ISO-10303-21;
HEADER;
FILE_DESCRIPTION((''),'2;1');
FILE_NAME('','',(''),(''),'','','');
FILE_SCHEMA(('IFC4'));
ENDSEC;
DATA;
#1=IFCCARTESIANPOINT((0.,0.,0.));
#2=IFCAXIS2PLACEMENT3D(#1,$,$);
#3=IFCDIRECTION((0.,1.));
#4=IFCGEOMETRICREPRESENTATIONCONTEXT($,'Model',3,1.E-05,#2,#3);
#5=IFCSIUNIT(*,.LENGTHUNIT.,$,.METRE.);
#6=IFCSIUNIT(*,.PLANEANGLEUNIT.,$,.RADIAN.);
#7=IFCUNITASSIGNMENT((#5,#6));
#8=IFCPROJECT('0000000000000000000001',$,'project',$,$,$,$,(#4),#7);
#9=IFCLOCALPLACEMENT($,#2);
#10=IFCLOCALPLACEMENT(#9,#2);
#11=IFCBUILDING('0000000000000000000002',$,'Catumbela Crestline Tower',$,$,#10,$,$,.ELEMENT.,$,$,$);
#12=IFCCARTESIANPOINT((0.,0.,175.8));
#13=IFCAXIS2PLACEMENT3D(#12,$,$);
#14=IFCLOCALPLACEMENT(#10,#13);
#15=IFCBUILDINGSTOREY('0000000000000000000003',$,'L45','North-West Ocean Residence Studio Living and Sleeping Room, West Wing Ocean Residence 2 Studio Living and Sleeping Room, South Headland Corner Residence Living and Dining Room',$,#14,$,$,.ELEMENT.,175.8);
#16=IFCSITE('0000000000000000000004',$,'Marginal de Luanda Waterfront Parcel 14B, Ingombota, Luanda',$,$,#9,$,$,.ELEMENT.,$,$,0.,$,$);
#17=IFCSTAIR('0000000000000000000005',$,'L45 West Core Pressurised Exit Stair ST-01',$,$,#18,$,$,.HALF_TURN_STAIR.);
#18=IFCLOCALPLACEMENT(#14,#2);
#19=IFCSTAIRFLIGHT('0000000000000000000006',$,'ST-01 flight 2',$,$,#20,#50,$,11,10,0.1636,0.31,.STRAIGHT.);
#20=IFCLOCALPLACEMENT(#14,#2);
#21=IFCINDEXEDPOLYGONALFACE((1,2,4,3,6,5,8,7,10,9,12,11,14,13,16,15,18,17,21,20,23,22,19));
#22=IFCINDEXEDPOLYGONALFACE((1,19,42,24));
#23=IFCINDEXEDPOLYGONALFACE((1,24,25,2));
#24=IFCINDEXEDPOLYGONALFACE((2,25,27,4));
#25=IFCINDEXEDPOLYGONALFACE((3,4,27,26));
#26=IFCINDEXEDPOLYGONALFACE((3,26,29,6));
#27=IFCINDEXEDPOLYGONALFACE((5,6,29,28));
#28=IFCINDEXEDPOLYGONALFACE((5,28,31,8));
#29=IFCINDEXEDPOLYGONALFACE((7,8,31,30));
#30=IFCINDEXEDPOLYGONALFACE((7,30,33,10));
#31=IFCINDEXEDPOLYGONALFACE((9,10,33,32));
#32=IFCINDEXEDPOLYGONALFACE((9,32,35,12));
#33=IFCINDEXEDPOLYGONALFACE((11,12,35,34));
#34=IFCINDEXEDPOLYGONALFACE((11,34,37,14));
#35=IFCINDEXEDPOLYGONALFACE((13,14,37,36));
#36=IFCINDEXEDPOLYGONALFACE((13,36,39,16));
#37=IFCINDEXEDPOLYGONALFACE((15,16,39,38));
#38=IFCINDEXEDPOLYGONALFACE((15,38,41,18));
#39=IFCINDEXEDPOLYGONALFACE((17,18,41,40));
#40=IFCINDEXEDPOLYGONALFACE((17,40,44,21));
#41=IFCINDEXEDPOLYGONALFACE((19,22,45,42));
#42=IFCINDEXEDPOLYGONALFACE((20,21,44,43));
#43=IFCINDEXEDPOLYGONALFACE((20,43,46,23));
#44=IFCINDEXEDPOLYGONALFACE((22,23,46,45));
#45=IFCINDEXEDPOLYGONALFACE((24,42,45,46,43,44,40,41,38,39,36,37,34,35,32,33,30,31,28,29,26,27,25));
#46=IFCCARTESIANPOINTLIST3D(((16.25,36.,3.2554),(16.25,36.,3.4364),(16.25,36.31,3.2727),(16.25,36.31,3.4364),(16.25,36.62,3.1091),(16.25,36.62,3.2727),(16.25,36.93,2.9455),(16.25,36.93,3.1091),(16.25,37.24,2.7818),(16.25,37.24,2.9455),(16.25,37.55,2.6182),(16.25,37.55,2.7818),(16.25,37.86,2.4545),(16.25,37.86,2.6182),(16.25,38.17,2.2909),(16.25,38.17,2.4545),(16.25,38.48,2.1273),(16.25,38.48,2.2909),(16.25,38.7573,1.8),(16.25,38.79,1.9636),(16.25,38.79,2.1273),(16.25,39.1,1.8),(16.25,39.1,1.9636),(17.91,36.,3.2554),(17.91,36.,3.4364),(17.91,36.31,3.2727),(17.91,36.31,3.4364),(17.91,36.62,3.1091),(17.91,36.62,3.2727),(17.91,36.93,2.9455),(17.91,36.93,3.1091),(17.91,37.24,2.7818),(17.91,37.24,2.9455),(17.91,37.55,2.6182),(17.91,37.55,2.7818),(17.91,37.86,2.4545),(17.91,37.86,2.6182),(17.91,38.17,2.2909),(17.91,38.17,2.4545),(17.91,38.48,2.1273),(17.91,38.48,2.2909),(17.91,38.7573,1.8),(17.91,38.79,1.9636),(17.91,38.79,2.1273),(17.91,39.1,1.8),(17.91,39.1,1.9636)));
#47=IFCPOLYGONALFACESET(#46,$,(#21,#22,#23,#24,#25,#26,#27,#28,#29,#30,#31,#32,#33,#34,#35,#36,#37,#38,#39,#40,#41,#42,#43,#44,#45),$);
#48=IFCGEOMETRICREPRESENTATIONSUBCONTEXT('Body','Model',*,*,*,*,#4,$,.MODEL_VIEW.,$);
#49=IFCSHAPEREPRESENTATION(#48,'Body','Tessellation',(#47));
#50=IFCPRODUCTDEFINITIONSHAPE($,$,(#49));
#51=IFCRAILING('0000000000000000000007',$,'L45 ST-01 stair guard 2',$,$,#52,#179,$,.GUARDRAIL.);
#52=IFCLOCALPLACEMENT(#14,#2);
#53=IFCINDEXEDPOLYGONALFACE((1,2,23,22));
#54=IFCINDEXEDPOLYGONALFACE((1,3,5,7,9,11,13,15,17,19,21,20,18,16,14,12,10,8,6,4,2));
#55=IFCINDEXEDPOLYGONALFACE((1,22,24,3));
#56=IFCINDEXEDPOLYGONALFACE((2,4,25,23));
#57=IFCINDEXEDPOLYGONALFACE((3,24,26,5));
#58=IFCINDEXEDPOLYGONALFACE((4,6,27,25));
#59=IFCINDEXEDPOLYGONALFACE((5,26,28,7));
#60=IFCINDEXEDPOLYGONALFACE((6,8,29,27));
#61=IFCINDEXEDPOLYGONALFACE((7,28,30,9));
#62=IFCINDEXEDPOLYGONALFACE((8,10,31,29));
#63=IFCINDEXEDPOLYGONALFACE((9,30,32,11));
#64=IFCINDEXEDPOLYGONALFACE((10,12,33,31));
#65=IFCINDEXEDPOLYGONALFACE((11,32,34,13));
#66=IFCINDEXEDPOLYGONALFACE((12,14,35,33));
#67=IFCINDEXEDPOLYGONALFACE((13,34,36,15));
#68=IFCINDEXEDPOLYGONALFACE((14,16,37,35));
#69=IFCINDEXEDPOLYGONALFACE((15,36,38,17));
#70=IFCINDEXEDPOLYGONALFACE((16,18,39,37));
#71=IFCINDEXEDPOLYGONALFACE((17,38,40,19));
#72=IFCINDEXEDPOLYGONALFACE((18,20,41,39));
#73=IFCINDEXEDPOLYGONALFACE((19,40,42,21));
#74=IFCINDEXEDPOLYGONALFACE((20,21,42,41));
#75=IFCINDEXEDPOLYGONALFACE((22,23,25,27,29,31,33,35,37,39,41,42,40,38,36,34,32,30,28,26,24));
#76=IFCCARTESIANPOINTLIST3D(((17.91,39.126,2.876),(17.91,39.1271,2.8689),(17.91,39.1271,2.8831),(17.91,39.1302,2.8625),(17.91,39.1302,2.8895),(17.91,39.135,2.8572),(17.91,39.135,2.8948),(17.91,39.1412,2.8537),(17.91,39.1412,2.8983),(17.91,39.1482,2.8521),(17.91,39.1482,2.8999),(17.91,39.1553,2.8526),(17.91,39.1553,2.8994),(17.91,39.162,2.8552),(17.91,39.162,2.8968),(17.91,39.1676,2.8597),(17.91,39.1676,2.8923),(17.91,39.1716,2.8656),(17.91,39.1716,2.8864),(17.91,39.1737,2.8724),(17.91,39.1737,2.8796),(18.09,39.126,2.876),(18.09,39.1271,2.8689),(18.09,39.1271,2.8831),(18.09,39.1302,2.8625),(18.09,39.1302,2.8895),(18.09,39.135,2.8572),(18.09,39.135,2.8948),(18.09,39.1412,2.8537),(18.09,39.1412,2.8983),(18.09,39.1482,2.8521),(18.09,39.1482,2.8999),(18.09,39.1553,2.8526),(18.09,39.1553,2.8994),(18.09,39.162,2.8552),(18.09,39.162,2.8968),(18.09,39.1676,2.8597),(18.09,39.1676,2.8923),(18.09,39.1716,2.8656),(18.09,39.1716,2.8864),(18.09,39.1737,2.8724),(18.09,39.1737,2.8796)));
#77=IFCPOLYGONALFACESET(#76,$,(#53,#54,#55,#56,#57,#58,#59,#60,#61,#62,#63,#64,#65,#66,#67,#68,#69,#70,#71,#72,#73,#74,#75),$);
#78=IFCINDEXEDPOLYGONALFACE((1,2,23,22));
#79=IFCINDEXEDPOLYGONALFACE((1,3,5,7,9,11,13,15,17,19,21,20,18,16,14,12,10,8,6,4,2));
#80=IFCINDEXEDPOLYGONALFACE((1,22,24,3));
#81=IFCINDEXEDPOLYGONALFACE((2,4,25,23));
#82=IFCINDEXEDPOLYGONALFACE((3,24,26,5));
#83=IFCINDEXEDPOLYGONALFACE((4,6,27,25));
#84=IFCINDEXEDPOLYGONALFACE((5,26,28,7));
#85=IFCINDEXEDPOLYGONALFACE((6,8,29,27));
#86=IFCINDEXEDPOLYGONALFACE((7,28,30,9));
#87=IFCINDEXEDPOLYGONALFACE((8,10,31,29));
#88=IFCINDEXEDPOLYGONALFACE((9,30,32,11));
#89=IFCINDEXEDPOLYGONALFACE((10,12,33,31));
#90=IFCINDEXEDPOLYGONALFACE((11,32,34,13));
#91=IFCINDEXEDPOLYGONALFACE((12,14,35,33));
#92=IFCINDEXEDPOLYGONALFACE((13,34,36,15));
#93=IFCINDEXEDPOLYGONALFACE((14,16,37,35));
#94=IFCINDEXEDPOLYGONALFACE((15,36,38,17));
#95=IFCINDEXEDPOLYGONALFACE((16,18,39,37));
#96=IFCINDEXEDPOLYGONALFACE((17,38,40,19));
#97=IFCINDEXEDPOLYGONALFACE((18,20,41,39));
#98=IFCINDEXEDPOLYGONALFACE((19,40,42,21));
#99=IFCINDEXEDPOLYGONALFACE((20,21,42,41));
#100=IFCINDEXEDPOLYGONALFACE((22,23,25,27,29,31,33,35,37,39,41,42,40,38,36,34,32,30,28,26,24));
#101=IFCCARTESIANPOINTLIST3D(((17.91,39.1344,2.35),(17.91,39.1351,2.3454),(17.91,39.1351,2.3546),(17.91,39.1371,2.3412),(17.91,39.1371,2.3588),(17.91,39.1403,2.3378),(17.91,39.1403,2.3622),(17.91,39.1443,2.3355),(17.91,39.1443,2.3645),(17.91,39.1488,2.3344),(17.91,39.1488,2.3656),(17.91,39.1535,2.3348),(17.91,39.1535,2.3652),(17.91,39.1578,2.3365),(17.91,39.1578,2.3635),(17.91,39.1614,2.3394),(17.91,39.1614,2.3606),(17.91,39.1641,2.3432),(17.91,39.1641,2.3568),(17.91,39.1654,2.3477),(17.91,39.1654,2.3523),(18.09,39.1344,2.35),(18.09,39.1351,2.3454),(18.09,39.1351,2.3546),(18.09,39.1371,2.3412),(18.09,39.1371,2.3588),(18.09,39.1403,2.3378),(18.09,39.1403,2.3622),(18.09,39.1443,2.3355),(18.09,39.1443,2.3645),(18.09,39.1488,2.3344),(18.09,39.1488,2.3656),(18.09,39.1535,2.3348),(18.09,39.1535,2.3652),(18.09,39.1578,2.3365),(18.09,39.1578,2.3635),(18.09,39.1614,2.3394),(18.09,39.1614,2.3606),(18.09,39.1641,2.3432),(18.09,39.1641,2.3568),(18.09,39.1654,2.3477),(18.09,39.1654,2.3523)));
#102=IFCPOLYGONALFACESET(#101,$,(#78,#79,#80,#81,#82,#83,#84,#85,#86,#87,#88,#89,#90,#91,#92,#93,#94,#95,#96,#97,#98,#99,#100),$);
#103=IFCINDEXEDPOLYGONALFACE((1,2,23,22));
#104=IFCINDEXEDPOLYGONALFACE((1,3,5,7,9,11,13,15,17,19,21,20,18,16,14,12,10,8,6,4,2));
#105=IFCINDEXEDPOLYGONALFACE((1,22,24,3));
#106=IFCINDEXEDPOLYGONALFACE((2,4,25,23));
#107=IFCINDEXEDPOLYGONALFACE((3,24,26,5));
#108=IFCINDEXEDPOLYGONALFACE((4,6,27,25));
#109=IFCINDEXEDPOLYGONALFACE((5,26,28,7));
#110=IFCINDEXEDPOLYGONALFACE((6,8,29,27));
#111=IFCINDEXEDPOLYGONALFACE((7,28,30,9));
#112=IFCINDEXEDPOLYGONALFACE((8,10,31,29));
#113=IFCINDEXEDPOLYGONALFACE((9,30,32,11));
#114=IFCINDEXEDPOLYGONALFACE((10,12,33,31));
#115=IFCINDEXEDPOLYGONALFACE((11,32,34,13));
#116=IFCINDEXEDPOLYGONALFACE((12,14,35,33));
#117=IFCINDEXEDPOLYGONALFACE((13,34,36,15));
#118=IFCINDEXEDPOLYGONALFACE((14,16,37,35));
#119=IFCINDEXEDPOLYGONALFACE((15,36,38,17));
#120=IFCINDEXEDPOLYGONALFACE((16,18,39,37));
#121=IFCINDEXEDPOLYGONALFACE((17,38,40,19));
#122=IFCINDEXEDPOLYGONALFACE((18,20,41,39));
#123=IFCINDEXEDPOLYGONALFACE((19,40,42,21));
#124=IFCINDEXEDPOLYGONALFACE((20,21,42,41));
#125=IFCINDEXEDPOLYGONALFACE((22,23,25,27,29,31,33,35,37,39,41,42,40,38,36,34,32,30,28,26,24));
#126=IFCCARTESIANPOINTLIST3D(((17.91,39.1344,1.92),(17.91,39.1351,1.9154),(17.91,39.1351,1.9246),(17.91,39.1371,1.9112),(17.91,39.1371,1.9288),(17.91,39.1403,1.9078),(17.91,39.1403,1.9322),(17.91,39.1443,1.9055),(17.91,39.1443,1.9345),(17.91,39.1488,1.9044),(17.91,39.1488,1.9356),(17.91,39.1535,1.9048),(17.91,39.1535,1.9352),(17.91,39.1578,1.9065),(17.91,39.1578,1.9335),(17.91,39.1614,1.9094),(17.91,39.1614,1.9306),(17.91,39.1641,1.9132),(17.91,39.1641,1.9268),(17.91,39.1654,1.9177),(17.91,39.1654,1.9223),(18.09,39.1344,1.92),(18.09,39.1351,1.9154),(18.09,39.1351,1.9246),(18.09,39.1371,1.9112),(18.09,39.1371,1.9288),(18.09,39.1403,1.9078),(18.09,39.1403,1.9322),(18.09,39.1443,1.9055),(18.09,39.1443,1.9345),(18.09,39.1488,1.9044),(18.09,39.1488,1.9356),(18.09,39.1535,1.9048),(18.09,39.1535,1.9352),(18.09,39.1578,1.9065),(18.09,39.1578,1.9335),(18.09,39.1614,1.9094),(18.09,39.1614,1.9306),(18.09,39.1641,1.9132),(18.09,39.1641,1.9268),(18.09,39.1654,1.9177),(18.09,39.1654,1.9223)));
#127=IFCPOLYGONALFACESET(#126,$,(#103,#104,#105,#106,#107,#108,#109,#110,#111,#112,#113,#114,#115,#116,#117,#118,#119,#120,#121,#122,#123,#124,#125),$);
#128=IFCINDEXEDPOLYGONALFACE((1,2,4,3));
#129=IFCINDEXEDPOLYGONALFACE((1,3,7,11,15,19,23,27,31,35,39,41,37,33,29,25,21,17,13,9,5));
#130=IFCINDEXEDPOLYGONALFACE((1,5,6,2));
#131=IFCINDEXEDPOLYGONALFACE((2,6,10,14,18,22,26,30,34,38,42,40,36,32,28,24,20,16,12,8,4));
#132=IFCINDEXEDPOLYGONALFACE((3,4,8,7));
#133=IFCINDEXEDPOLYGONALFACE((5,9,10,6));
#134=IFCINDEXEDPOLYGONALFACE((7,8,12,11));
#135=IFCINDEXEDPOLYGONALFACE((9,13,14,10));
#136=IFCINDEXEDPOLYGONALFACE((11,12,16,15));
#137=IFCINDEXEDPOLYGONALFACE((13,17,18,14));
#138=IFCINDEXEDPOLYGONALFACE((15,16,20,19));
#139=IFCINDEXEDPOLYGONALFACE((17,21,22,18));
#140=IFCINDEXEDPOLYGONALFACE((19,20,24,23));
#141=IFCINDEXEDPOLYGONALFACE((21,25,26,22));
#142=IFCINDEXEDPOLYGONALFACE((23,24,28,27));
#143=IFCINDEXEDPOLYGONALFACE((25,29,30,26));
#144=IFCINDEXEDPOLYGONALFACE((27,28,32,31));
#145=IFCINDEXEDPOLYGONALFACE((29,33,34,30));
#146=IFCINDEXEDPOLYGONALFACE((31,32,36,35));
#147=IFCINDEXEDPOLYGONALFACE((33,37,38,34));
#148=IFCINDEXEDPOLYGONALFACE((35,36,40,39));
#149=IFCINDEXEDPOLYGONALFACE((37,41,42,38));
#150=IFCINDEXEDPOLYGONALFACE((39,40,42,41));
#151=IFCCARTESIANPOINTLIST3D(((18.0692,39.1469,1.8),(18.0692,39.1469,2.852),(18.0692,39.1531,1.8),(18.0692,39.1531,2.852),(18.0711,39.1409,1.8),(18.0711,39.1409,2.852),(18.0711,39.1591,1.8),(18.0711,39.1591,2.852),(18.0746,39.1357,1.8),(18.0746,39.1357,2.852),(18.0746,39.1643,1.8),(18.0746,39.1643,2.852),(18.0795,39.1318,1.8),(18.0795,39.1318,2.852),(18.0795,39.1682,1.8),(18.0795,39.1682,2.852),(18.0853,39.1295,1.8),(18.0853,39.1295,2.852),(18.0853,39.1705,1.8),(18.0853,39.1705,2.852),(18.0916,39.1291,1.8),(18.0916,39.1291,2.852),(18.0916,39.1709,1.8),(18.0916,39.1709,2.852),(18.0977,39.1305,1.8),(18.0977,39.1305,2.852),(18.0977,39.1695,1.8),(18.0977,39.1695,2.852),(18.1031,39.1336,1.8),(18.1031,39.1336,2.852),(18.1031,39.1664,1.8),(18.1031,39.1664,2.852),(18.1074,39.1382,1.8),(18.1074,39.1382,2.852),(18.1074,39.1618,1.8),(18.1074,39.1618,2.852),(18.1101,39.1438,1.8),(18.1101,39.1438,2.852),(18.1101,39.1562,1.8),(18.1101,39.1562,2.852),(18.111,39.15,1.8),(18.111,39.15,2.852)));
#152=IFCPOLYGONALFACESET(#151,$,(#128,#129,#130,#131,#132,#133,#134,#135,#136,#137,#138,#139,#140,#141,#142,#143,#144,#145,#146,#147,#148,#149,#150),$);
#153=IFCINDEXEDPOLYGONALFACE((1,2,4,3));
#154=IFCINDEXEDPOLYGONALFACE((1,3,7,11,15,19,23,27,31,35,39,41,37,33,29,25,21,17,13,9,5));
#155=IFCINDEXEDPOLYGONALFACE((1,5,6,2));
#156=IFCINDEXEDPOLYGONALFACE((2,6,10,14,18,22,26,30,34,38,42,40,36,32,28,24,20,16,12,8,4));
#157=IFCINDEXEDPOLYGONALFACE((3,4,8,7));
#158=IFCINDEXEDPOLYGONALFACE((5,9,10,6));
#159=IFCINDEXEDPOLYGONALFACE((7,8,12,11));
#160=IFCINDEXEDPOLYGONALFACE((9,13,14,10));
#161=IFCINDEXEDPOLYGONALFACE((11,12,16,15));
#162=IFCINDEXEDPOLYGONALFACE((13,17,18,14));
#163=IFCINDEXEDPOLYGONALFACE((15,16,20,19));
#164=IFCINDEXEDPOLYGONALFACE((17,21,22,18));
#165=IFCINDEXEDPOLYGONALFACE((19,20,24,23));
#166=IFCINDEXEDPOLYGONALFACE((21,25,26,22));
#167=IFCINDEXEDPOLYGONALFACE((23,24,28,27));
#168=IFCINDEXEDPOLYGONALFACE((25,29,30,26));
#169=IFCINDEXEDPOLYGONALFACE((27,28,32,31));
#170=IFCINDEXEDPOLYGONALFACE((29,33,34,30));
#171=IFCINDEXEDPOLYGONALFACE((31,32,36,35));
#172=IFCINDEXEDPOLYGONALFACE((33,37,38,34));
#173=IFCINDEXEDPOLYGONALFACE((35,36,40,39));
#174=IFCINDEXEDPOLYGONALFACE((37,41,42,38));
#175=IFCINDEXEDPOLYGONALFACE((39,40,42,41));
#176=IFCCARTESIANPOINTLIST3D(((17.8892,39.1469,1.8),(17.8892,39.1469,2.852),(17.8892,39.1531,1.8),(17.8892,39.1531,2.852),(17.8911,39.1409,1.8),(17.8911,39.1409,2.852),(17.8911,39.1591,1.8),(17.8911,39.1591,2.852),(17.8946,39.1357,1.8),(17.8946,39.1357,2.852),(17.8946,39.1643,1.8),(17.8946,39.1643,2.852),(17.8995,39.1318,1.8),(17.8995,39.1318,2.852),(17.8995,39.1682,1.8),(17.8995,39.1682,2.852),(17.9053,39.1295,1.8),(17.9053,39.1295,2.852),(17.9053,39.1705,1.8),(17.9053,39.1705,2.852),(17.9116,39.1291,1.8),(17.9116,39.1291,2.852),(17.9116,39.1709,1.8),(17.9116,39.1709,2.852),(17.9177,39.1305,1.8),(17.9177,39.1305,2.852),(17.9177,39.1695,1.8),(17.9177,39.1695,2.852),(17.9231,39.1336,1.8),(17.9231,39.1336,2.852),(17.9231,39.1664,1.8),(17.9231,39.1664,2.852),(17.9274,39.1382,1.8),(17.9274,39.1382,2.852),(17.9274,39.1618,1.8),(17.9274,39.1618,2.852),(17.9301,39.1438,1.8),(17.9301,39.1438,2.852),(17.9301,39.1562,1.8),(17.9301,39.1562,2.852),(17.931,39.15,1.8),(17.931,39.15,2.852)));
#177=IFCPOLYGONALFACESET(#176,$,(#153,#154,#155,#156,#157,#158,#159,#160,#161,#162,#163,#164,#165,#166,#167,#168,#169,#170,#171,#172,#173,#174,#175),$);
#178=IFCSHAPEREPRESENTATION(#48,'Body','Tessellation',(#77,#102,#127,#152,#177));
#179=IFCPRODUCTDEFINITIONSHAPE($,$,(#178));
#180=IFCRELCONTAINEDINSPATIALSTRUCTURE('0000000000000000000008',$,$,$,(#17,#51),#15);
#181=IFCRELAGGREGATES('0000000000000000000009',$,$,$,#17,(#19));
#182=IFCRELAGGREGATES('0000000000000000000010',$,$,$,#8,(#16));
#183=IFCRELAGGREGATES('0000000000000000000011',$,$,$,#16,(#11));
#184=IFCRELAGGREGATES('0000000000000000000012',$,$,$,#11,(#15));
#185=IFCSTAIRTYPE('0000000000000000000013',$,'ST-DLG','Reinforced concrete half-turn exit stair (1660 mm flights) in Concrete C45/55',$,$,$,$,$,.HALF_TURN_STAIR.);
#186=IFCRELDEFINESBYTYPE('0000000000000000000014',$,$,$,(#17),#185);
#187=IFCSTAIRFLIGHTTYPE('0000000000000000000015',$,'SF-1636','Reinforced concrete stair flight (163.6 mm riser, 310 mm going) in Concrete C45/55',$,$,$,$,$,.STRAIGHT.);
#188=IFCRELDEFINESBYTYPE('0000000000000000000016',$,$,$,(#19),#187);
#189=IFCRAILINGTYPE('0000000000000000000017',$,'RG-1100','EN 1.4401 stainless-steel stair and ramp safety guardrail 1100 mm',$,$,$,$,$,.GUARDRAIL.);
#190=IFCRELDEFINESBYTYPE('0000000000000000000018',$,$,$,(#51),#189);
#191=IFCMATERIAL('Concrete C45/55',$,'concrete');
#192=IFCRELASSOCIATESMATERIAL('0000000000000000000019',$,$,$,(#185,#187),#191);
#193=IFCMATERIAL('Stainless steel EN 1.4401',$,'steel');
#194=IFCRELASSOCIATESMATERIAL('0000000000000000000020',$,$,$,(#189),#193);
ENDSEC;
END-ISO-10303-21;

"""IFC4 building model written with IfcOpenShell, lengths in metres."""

from ifc_helpers import new_model, si_unit, direction, frame, origin, origin_2d, place, context, subcontext, project, spatial, polyline, circle, outline, extrude, material, type_object, element, aggregate, save


model = new_model("IFC4")

# Units and contexts
model_context = context("Model", 3, precision=1e-05, world=origin(), true_north=direction((0.0, 1.0)))
body_context = subcontext(model_context, "Body", "Model", "MODEL_VIEW")
ifc_project = project(units=[si_unit("LENGTHUNIT", "METRE"), si_unit("PLANEANGLEUNIT", "RADIAN")], contexts=[model_context])

# Site, building, storey
site_placement = place(None, origin())
site = spatial("IfcSite", under=ifc_project, at=site_placement, Name="Marginal de Luanda Waterfront Parcel 14B, Ingombota, Luanda", CompositionType="ELEMENT", RefElevation=0.0)
building_placement = place(site_placement, origin())
building = spatial("IfcBuilding", under=site, at=building_placement, Name="Catumbela Crestline Tower", CompositionType="ELEMENT")
storey_placement = place(building_placement, frame((0.0, 0.0, 175.8)))
storey = spatial("IfcBuildingStorey", under=building, at=storey_placement, Name="L45", Description="North-West Ocean Residence Studio Living and Sleeping Room, West Wing Ocean Residence 2 Studio Living and Sleeping Room, South Headland Corner Residence Living and Dining Room", CompositionType="ELEMENT", Elevation=175.8)

# Stair, stair flight
ifc_material_1 = material(Name="Concrete C45/55", Category="concrete")
stair_type = type_object("IfcStairType", Name="ST-DLG", Description="Reinforced concrete half-turn exit stair (1660 mm flights) in Concrete C45/55", PredefinedType="HALF_TURN_STAIR", material=ifc_material_1)
stair_placement = place(storey_placement, origin())
stair = element("IfcStair", 1, at=stair_placement, inside=storey, type_object=stair_type, Name="L45 West Core Pressurised Exit Stair ST-01", PredefinedType="HALF_TURN_STAIR")
stair_flight_type = type_object("IfcStairFlightType", Name="SF-1636", Description="Reinforced concrete stair flight (163.6 mm riser, 310 mm going) in Concrete C45/55", PredefinedType="STRAIGHT", material=ifc_material_1)
stair_flight_placement = place(storey_placement, frame((17.08, 39.1, 1.8), z_axis=(0.0, 0.0, 1.0), x_axis=(0.0, -1.0, 0.0)))
stair_flight = element("IfcStairFlight", 2, at=stair_flight_placement, type_object=stair_flight_type, Name="ST-01 flight 2", NumberOfRisers=11, NumberOfTreads=10, PredefinedType="STRAIGHT", RiserHeight=0.1636, TreadLength=0.31, context=body_context, shape_type="SweptSolid", body=[
    extrude(outline(polyline([(0.0, 0.0), (0.0, 0.1636), (0.31, 0.1636), (0.31, 0.3273), (0.62, 0.3273), (0.62, 0.4909), (0.93, 0.4909), (0.93, 0.6545), (1.24, 0.6545), (1.24, 0.8182), (1.55, 0.8182), (1.55, 0.9818), (1.86, 0.9818), (1.86, 1.1455), (2.17, 1.1455), (2.17, 1.3091), (2.48, 1.3091), (2.48, 1.4727), (2.79, 1.4727), (2.79, 1.6364), (3.1, 1.6364), (3.1, 1.8), (3.1, 1.4554), (0.3427, 0.0), (0.0, 0.0)])), frame((0.0, 0.83, 0.0), z_axis=(0.0, -1.0, 0.0), x_axis=(1.0, 0.0, 0.0)), (0.0, 0.0, 1.0), 1.66),
])
aggregate(stair, [stair_flight])

# Railing
ifc_material_2 = material(Name="Stainless steel EN 1.4401", Category="steel")
railing_type = type_object("IfcRailingType", Name="RG-1100", Description="EN 1.4401 stainless-steel stair and ramp safety guardrail 1100 mm", PredefinedType="GUARDRAIL", material=ifc_material_2)
railing_1_placement = place(storey_placement, frame((18.09, 39.15, 1.8)))
element("IfcRailing", 3, at=railing_1_placement, inside=storey, type_object=railing_type, Name="L45 ST-01 stair guard 2", PredefinedType="GUARDRAIL", context=body_context, shape_type="SweptSolid", body=[
    extrude(circle(Radius=0.024, at=origin_2d()), frame((0.0, 0.0, 1.076), z_axis=(-1.0, 0.0, 0.0), x_axis=(0.0, -1.0, 0.0)), (0.0, 0.0, 1.0), 0.18),
    extrude(circle(Radius=0.0156, at=origin_2d()), frame((0.0, 0.0, 0.55), z_axis=(-1.0, 0.0, 0.0), x_axis=(0.0, -1.0, 0.0)), (0.0, 0.0, 1.0), 0.18),
    extrude(circle(Radius=0.0156, at=origin_2d()), frame((0.0, 0.0, 0.12), z_axis=(-1.0, 0.0, 0.0), x_axis=(0.0, -1.0, 0.0)), (0.0, 0.0, 1.0), 0.18),
    extrude(circle(Radius=0.021, at=origin_2d()), origin(), (0.0, 0.0, 1.0), 1.052),
    extrude(circle(Radius=0.021, at=origin_2d()), frame((-0.18, 0.0, 0.0)), (0.0, 0.0, 1.0), 1.052),
])

save(model, "model.ifc")
